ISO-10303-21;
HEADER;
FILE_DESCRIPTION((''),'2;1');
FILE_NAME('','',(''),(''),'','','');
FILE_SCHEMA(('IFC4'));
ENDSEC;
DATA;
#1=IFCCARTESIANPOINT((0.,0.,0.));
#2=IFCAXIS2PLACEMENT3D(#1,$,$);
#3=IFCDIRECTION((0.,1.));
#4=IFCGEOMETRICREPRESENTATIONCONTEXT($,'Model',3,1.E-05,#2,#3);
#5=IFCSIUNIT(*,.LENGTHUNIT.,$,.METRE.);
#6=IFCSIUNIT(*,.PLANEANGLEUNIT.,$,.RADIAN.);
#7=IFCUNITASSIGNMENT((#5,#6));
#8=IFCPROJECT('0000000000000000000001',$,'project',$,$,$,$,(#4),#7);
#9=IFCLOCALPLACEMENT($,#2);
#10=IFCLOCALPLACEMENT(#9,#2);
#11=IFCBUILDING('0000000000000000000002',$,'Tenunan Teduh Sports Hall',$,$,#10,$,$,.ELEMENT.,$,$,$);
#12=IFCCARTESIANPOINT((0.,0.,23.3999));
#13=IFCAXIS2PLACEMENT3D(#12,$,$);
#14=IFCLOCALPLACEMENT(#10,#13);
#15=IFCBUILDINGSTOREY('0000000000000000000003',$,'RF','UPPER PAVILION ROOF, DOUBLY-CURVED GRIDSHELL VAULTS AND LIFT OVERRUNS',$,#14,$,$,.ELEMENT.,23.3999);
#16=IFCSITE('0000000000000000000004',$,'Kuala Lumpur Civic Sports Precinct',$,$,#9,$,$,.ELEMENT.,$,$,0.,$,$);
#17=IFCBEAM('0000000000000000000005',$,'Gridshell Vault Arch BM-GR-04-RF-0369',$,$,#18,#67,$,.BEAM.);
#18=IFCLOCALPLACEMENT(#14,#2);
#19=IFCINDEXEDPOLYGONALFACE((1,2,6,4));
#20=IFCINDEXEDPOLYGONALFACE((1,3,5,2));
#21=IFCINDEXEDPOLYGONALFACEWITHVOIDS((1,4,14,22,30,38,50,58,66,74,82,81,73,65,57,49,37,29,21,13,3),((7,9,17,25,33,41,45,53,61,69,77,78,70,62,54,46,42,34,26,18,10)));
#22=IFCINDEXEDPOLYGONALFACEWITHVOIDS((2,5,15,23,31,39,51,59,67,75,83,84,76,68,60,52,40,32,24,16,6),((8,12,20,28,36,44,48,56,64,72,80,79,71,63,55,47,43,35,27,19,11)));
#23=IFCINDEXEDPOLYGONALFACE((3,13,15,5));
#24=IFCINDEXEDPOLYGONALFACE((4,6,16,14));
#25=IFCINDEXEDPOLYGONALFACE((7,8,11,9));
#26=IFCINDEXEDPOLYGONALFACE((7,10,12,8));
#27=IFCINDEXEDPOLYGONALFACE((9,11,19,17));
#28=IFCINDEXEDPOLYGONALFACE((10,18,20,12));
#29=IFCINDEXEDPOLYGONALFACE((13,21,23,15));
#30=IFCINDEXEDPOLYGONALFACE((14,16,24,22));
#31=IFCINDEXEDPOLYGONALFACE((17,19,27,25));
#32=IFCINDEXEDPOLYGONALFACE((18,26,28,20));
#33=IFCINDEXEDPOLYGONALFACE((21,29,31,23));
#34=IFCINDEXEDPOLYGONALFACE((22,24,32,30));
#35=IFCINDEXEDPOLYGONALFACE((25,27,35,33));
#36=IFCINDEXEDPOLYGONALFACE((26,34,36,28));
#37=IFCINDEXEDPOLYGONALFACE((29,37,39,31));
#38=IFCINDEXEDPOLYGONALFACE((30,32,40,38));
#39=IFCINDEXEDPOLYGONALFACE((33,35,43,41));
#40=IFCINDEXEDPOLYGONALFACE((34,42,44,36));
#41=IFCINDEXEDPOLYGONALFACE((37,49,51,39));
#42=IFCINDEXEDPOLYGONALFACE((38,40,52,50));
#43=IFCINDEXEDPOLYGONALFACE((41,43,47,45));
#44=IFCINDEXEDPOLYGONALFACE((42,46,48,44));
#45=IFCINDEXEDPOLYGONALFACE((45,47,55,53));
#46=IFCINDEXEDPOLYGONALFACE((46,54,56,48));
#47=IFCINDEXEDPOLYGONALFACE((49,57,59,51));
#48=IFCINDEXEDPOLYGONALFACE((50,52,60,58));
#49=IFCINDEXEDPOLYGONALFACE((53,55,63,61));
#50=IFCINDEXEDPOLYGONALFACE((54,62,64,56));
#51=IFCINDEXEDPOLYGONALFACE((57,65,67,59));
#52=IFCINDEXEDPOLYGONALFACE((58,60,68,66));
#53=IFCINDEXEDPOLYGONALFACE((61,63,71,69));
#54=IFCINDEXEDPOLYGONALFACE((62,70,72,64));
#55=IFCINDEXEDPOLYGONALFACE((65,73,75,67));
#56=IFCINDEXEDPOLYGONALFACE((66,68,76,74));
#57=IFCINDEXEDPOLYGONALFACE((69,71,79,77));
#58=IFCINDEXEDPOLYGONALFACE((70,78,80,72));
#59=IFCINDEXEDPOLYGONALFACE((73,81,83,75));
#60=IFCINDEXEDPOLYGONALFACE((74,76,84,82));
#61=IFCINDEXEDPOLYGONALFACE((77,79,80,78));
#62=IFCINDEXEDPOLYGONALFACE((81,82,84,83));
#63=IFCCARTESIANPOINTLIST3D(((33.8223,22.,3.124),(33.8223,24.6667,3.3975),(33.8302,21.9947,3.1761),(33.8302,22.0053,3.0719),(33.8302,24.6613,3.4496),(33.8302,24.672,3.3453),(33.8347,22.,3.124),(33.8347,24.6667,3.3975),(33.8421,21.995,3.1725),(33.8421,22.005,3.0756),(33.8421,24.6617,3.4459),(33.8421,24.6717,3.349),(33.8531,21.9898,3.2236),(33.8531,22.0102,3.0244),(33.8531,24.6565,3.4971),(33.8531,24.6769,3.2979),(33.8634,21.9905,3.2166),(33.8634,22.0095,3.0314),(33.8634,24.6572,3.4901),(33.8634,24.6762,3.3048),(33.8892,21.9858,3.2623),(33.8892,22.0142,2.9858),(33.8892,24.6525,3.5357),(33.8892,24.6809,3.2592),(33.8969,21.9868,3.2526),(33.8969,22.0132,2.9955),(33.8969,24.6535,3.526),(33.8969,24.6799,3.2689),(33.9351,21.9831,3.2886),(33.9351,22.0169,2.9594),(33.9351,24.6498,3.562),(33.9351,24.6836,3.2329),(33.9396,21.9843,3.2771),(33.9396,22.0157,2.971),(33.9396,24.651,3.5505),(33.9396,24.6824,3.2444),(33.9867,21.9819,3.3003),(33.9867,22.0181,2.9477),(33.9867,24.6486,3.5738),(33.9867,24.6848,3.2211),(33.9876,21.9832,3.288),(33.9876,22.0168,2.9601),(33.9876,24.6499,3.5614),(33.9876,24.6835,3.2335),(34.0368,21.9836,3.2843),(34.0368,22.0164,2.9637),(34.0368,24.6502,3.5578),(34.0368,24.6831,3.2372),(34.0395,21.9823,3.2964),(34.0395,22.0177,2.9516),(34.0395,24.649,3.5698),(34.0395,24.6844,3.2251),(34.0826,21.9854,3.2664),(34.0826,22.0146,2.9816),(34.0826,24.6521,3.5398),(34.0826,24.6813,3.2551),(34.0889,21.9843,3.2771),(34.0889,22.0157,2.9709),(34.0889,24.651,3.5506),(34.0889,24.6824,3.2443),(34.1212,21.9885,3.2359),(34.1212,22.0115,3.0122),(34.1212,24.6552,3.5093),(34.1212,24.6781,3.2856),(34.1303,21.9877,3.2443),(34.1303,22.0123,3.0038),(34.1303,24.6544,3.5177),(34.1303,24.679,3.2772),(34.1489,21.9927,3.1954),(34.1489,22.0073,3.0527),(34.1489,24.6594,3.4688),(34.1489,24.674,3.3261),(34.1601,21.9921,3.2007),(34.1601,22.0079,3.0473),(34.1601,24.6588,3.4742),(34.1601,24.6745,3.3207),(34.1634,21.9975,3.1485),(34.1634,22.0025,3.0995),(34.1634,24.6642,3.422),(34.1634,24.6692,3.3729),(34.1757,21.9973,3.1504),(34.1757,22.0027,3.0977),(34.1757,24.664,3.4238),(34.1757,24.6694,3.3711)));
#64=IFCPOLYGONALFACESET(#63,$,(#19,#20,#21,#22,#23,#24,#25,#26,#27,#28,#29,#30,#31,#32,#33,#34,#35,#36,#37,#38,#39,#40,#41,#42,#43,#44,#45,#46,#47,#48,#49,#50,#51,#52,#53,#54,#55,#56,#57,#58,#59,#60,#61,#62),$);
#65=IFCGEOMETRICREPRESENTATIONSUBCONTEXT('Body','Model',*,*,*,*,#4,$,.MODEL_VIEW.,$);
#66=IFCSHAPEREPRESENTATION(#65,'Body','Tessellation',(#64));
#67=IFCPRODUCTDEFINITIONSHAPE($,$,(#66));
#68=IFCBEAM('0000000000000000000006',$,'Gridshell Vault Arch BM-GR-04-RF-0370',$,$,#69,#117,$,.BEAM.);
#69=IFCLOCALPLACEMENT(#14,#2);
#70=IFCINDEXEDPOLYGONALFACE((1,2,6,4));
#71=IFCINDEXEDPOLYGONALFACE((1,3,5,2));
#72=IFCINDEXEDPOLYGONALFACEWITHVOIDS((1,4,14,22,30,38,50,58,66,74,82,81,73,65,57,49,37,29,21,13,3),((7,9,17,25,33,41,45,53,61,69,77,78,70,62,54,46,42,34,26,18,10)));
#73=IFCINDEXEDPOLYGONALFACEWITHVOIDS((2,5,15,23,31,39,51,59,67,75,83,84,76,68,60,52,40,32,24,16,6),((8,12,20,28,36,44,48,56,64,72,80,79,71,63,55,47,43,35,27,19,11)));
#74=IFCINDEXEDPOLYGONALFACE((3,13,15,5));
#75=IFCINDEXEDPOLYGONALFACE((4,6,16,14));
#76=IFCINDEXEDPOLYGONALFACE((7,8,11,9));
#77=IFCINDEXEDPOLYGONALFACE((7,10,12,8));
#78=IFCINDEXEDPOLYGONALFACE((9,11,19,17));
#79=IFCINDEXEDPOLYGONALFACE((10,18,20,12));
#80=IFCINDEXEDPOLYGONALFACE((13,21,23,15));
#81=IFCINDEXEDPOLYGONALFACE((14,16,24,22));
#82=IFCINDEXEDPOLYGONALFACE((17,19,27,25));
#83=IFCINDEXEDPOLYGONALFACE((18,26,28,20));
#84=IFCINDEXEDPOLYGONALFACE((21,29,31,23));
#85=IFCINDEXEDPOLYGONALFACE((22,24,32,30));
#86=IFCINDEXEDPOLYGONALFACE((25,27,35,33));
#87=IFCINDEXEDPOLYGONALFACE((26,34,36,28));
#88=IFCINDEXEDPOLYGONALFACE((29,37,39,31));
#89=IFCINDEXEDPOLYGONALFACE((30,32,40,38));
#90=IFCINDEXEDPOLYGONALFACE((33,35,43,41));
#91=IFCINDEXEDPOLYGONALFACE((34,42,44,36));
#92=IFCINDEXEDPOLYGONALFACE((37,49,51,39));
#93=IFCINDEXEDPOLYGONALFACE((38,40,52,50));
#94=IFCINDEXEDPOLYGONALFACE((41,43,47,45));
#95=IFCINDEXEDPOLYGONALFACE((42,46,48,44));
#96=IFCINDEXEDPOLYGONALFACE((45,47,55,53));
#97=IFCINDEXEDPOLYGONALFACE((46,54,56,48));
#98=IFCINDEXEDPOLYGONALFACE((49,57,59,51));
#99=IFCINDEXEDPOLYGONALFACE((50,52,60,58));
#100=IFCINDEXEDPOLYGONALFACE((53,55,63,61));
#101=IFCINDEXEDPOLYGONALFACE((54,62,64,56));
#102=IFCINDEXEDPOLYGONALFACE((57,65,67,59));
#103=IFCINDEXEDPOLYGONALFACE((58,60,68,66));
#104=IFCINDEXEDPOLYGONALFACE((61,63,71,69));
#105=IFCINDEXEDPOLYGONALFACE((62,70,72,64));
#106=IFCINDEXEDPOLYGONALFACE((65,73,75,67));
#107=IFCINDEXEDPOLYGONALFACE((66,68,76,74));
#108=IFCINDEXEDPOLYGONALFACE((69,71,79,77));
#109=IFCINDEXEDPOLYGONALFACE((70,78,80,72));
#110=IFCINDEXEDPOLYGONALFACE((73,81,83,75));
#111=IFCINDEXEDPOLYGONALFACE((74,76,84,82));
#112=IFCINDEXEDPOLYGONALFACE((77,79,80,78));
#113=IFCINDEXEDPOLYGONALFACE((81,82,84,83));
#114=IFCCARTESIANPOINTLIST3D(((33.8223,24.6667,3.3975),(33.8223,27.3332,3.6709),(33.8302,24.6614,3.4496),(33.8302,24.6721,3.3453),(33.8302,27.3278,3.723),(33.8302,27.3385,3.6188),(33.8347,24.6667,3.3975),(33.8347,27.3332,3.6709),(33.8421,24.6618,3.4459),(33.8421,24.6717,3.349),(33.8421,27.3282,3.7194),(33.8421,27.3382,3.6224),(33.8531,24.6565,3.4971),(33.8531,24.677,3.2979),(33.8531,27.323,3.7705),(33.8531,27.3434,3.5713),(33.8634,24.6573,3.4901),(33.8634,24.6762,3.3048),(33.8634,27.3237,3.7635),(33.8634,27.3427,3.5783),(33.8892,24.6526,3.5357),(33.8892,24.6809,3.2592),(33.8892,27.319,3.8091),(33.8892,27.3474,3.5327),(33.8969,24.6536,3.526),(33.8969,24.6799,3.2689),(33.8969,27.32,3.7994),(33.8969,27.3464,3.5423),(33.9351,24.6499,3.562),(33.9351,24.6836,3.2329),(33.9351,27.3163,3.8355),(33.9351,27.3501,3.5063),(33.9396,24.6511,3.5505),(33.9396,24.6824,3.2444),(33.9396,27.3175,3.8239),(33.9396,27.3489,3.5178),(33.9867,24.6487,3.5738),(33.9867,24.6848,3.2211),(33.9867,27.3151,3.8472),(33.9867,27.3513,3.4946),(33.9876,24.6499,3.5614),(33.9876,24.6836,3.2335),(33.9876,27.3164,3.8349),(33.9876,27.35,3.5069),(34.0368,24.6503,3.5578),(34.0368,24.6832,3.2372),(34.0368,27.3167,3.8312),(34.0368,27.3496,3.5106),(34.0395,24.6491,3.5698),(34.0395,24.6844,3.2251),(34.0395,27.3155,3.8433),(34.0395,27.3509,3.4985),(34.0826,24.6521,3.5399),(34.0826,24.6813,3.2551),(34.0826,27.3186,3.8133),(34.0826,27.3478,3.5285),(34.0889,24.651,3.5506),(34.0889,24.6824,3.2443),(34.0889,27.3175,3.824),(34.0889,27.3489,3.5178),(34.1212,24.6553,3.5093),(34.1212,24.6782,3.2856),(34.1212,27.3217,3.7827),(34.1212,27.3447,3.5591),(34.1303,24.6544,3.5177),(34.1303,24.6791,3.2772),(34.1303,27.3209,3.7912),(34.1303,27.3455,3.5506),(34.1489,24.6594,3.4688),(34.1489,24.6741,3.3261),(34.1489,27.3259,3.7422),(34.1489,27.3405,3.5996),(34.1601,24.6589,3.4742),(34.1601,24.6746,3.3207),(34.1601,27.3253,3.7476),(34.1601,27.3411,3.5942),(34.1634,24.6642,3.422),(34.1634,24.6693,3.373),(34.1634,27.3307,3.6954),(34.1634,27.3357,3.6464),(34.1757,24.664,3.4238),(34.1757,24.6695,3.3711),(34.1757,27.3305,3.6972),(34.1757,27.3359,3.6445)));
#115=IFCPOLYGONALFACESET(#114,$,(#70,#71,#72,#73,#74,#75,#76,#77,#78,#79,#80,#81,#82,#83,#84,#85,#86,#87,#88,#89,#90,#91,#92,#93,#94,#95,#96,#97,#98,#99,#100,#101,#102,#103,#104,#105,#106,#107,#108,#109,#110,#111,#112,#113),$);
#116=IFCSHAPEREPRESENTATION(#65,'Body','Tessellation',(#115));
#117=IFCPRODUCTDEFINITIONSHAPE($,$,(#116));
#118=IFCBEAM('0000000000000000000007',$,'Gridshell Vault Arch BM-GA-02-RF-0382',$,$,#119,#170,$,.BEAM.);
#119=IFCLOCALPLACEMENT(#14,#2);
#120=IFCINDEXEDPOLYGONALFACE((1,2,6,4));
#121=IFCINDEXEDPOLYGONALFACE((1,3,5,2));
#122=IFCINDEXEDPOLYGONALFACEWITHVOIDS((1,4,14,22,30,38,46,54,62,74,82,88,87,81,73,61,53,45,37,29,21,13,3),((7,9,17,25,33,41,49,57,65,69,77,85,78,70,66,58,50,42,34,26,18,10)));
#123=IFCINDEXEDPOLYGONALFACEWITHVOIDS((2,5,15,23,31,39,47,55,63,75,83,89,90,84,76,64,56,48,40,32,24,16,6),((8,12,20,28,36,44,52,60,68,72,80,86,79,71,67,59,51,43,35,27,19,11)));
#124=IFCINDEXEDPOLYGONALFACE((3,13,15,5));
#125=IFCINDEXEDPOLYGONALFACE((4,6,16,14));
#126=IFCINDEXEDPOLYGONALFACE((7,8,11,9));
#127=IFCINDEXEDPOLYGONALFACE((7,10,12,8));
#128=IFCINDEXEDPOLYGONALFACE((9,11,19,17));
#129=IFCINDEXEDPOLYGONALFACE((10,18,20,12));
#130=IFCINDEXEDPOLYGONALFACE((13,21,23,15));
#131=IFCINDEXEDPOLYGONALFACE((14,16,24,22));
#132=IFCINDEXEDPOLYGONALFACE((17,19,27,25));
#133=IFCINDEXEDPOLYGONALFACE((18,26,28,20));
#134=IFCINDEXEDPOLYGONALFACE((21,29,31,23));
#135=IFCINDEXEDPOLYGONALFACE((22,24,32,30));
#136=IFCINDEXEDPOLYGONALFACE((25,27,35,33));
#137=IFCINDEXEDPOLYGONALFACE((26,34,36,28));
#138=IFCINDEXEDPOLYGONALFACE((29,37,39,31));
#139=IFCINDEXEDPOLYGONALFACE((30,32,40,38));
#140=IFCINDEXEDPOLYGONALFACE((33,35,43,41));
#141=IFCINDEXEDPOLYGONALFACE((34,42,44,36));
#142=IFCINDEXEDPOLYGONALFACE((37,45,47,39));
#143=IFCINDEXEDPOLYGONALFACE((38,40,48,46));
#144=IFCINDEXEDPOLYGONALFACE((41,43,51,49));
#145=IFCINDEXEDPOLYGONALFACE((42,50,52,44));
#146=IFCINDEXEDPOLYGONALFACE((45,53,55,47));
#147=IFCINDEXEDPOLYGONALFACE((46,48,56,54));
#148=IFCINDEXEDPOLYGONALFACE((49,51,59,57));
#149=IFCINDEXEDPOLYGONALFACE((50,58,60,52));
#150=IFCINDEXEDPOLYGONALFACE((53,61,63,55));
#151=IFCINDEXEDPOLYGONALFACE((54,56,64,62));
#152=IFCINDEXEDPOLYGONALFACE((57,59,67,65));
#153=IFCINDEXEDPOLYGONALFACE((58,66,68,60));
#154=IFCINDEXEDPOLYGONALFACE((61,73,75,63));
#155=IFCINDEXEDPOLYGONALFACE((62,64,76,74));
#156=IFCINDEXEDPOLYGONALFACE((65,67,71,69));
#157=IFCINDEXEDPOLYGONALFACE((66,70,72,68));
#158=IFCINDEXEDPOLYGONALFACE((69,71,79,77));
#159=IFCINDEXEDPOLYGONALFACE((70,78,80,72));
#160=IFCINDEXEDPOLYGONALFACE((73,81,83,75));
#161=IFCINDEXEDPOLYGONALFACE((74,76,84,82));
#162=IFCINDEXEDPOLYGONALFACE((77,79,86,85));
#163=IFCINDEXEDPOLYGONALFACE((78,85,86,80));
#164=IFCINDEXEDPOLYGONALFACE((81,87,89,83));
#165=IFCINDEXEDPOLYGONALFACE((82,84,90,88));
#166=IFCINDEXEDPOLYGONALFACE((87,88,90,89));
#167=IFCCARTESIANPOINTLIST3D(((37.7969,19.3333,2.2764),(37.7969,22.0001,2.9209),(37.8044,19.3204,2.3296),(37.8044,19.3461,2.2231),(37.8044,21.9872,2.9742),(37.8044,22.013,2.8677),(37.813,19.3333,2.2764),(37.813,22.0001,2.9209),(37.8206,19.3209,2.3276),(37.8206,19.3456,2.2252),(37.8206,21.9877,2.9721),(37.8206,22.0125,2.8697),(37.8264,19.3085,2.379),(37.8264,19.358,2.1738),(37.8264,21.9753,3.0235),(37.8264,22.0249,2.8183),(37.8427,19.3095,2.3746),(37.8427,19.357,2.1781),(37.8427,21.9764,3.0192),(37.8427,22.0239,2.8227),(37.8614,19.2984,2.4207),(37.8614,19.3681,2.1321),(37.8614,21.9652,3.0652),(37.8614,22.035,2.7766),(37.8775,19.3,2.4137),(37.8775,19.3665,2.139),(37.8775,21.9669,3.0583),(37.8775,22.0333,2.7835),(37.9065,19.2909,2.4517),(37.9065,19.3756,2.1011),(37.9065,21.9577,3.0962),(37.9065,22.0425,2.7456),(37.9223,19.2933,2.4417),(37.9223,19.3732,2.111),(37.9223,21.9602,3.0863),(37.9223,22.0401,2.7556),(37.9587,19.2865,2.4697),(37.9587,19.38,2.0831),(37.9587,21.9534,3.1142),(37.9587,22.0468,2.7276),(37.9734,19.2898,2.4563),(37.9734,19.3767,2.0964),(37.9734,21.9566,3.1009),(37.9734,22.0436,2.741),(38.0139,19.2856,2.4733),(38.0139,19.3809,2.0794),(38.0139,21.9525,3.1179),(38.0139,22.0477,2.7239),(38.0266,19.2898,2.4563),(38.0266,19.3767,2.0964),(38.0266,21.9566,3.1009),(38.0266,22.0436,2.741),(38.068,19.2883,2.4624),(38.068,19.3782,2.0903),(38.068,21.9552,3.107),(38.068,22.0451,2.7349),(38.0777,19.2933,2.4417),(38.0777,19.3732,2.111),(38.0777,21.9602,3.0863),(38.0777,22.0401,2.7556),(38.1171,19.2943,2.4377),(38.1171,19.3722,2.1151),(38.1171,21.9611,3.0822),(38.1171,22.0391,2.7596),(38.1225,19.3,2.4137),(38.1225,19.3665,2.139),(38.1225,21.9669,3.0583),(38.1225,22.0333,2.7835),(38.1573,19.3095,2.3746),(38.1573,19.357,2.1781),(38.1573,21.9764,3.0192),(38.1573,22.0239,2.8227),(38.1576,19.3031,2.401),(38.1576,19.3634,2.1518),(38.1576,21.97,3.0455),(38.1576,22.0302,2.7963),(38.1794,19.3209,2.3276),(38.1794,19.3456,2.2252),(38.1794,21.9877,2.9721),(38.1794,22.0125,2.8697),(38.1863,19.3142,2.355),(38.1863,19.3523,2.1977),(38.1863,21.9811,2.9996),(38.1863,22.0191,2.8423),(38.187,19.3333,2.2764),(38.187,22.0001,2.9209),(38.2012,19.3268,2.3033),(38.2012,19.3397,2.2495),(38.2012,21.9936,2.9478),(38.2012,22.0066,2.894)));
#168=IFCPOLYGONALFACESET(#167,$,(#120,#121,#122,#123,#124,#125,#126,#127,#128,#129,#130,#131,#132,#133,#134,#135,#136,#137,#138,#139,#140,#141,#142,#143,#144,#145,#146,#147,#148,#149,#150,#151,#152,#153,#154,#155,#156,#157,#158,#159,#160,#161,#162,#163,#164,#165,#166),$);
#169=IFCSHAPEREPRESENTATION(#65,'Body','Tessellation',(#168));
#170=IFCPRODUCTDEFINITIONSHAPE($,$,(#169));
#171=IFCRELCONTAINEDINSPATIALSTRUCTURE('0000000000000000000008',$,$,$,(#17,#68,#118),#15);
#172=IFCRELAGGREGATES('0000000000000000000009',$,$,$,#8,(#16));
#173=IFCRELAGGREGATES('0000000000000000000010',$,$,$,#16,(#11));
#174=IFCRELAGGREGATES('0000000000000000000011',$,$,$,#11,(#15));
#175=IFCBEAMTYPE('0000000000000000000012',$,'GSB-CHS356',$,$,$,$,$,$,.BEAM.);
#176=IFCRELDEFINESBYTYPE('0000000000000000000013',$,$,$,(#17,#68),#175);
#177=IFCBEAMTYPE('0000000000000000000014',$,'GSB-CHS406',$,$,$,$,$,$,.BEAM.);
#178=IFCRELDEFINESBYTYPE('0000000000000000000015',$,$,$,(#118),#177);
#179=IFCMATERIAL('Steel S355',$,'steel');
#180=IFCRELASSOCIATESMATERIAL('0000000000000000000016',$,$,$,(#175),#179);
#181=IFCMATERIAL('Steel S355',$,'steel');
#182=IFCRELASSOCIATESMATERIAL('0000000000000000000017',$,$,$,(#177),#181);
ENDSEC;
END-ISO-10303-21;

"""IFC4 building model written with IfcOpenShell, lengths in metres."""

from ifc_helpers import new_model, si_unit, direction, frame, origin, origin_2d, place, context, subcontext, project, spatial, hollow_circle, extrude, material, material_profile, profile_set, type_object, element, save


model = new_model("IFC4")

# Units and contexts
model_context = context("Model", 3, precision=1e-05, world=origin(), true_north=direction((0.0, 1.0)))
body_context = subcontext(model_context, "Body", "Model", "MODEL_VIEW")
ifc_project = project(units=[si_unit("LENGTHUNIT", "METRE"), si_unit("PLANEANGLEUNIT", "RADIAN")], contexts=[model_context])

# Site, building, storey
site_placement = place(None, origin())
site = spatial("IfcSite", under=ifc_project, at=site_placement, Name="Kuala Lumpur Civic Sports Precinct", CompositionType="ELEMENT", RefElevation=0.0)
building_placement = place(site_placement, origin())
building = spatial("IfcBuilding", under=site, at=building_placement, Name="Tenunan Teduh Sports Hall", CompositionType="ELEMENT")
storey_placement = place(building_placement, frame((0.0, 0.0, 23.3999)))
storey = spatial("IfcBuildingStorey", under=building, at=storey_placement, Name="RF", Description="UPPER PAVILION ROOF, DOUBLY-CURVED GRIDSHELL VAULTS AND LIFT OVERRUNS", CompositionType="ELEMENT", Elevation=23.3999)

# Beams
ifc_material_1 = material(Name="Steel S355", Category="steel")
ifc_material_profile_1 = material_profile(ifc_material_1, hollow_circle(Radius=0.1777, WallThickness=0.0125, at=origin_2d()), Name="CHS 355.6x12.5")
ifc_profile_set_1 = profile_set([ifc_material_profile_1], Name="Steel S355")
beam_type_1 = type_object("IfcBeamType", Name="GSB-CHS356", PredefinedType="BEAM", material=ifc_profile_set_1)
beam_1_placement = place(storey_placement, frame((34.0, 22.0, 3.124), z_axis=(0.0, 0.994784, 0.102001), x_axis=(-1.0, 0.0, 0.0)))
element("IfcBeam", 1, at=beam_1_placement, inside=storey, type_object=beam_type_1, Name="Gridshell Vault Arch BM-GR-04-RF-0369", PredefinedType="BEAM", context=body_context, shape_type="SweptSolid", body=[
    extrude(hollow_circle(Radius=0.1777, WallThickness=0.0125, at=origin_2d()), origin(), (0.0, 0.0, 1.0), 2.6807),
])
beam_2_placement = place(storey_placement, frame((34.0, 24.6667, 3.3975), z_axis=(0.0, 0.994783, 0.10201), x_axis=(-1.0, 0.0, 0.0)))
element("IfcBeam", 2, at=beam_2_placement, inside=storey, type_object=beam_type_1, Name="Gridshell Vault Arch BM-GR-04-RF-0370", PredefinedType="BEAM", context=body_context, shape_type="SweptSolid", body=[
    extrude(hollow_circle(Radius=0.1777, WallThickness=0.0125, at=origin_2d()), origin(), (0.0, 0.0, 1.0), 2.6804),
])
ifc_material_2 = material(Name="Steel S355", Category="steel")
ifc_material_profile_2 = material_profile(ifc_material_2, hollow_circle(Radius=0.2031, WallThickness=0.0161, at=origin_2d()), Name="CHS 406.4x16.0")
ifc_profile_set_2 = profile_set([ifc_material_profile_2], Name="Steel S355")
beam_type_2 = type_object("IfcBeamType", Name="GSB-CHS406", PredefinedType="BEAM", material=ifc_profile_set_2)
beam_3_placement = place(storey_placement, frame((38.0, 19.3333, 2.2764), z_axis=(0.0, 0.972013, 0.234928), x_axis=(-1.0, 0.0, 0.0)))
element("IfcBeam", 3, at=beam_3_placement, inside=storey, type_object=beam_type_2, Name="Gridshell Vault Arch BM-GA-02-RF-0382", PredefinedType="BEAM", context=body_context, shape_type="SweptSolid", body=[
    extrude(hollow_circle(Radius=0.2031, WallThickness=0.0161, at=origin_2d()), origin(), (0.0, 0.0, 1.0), 2.7437),
])

save(model, "model.ifc")
